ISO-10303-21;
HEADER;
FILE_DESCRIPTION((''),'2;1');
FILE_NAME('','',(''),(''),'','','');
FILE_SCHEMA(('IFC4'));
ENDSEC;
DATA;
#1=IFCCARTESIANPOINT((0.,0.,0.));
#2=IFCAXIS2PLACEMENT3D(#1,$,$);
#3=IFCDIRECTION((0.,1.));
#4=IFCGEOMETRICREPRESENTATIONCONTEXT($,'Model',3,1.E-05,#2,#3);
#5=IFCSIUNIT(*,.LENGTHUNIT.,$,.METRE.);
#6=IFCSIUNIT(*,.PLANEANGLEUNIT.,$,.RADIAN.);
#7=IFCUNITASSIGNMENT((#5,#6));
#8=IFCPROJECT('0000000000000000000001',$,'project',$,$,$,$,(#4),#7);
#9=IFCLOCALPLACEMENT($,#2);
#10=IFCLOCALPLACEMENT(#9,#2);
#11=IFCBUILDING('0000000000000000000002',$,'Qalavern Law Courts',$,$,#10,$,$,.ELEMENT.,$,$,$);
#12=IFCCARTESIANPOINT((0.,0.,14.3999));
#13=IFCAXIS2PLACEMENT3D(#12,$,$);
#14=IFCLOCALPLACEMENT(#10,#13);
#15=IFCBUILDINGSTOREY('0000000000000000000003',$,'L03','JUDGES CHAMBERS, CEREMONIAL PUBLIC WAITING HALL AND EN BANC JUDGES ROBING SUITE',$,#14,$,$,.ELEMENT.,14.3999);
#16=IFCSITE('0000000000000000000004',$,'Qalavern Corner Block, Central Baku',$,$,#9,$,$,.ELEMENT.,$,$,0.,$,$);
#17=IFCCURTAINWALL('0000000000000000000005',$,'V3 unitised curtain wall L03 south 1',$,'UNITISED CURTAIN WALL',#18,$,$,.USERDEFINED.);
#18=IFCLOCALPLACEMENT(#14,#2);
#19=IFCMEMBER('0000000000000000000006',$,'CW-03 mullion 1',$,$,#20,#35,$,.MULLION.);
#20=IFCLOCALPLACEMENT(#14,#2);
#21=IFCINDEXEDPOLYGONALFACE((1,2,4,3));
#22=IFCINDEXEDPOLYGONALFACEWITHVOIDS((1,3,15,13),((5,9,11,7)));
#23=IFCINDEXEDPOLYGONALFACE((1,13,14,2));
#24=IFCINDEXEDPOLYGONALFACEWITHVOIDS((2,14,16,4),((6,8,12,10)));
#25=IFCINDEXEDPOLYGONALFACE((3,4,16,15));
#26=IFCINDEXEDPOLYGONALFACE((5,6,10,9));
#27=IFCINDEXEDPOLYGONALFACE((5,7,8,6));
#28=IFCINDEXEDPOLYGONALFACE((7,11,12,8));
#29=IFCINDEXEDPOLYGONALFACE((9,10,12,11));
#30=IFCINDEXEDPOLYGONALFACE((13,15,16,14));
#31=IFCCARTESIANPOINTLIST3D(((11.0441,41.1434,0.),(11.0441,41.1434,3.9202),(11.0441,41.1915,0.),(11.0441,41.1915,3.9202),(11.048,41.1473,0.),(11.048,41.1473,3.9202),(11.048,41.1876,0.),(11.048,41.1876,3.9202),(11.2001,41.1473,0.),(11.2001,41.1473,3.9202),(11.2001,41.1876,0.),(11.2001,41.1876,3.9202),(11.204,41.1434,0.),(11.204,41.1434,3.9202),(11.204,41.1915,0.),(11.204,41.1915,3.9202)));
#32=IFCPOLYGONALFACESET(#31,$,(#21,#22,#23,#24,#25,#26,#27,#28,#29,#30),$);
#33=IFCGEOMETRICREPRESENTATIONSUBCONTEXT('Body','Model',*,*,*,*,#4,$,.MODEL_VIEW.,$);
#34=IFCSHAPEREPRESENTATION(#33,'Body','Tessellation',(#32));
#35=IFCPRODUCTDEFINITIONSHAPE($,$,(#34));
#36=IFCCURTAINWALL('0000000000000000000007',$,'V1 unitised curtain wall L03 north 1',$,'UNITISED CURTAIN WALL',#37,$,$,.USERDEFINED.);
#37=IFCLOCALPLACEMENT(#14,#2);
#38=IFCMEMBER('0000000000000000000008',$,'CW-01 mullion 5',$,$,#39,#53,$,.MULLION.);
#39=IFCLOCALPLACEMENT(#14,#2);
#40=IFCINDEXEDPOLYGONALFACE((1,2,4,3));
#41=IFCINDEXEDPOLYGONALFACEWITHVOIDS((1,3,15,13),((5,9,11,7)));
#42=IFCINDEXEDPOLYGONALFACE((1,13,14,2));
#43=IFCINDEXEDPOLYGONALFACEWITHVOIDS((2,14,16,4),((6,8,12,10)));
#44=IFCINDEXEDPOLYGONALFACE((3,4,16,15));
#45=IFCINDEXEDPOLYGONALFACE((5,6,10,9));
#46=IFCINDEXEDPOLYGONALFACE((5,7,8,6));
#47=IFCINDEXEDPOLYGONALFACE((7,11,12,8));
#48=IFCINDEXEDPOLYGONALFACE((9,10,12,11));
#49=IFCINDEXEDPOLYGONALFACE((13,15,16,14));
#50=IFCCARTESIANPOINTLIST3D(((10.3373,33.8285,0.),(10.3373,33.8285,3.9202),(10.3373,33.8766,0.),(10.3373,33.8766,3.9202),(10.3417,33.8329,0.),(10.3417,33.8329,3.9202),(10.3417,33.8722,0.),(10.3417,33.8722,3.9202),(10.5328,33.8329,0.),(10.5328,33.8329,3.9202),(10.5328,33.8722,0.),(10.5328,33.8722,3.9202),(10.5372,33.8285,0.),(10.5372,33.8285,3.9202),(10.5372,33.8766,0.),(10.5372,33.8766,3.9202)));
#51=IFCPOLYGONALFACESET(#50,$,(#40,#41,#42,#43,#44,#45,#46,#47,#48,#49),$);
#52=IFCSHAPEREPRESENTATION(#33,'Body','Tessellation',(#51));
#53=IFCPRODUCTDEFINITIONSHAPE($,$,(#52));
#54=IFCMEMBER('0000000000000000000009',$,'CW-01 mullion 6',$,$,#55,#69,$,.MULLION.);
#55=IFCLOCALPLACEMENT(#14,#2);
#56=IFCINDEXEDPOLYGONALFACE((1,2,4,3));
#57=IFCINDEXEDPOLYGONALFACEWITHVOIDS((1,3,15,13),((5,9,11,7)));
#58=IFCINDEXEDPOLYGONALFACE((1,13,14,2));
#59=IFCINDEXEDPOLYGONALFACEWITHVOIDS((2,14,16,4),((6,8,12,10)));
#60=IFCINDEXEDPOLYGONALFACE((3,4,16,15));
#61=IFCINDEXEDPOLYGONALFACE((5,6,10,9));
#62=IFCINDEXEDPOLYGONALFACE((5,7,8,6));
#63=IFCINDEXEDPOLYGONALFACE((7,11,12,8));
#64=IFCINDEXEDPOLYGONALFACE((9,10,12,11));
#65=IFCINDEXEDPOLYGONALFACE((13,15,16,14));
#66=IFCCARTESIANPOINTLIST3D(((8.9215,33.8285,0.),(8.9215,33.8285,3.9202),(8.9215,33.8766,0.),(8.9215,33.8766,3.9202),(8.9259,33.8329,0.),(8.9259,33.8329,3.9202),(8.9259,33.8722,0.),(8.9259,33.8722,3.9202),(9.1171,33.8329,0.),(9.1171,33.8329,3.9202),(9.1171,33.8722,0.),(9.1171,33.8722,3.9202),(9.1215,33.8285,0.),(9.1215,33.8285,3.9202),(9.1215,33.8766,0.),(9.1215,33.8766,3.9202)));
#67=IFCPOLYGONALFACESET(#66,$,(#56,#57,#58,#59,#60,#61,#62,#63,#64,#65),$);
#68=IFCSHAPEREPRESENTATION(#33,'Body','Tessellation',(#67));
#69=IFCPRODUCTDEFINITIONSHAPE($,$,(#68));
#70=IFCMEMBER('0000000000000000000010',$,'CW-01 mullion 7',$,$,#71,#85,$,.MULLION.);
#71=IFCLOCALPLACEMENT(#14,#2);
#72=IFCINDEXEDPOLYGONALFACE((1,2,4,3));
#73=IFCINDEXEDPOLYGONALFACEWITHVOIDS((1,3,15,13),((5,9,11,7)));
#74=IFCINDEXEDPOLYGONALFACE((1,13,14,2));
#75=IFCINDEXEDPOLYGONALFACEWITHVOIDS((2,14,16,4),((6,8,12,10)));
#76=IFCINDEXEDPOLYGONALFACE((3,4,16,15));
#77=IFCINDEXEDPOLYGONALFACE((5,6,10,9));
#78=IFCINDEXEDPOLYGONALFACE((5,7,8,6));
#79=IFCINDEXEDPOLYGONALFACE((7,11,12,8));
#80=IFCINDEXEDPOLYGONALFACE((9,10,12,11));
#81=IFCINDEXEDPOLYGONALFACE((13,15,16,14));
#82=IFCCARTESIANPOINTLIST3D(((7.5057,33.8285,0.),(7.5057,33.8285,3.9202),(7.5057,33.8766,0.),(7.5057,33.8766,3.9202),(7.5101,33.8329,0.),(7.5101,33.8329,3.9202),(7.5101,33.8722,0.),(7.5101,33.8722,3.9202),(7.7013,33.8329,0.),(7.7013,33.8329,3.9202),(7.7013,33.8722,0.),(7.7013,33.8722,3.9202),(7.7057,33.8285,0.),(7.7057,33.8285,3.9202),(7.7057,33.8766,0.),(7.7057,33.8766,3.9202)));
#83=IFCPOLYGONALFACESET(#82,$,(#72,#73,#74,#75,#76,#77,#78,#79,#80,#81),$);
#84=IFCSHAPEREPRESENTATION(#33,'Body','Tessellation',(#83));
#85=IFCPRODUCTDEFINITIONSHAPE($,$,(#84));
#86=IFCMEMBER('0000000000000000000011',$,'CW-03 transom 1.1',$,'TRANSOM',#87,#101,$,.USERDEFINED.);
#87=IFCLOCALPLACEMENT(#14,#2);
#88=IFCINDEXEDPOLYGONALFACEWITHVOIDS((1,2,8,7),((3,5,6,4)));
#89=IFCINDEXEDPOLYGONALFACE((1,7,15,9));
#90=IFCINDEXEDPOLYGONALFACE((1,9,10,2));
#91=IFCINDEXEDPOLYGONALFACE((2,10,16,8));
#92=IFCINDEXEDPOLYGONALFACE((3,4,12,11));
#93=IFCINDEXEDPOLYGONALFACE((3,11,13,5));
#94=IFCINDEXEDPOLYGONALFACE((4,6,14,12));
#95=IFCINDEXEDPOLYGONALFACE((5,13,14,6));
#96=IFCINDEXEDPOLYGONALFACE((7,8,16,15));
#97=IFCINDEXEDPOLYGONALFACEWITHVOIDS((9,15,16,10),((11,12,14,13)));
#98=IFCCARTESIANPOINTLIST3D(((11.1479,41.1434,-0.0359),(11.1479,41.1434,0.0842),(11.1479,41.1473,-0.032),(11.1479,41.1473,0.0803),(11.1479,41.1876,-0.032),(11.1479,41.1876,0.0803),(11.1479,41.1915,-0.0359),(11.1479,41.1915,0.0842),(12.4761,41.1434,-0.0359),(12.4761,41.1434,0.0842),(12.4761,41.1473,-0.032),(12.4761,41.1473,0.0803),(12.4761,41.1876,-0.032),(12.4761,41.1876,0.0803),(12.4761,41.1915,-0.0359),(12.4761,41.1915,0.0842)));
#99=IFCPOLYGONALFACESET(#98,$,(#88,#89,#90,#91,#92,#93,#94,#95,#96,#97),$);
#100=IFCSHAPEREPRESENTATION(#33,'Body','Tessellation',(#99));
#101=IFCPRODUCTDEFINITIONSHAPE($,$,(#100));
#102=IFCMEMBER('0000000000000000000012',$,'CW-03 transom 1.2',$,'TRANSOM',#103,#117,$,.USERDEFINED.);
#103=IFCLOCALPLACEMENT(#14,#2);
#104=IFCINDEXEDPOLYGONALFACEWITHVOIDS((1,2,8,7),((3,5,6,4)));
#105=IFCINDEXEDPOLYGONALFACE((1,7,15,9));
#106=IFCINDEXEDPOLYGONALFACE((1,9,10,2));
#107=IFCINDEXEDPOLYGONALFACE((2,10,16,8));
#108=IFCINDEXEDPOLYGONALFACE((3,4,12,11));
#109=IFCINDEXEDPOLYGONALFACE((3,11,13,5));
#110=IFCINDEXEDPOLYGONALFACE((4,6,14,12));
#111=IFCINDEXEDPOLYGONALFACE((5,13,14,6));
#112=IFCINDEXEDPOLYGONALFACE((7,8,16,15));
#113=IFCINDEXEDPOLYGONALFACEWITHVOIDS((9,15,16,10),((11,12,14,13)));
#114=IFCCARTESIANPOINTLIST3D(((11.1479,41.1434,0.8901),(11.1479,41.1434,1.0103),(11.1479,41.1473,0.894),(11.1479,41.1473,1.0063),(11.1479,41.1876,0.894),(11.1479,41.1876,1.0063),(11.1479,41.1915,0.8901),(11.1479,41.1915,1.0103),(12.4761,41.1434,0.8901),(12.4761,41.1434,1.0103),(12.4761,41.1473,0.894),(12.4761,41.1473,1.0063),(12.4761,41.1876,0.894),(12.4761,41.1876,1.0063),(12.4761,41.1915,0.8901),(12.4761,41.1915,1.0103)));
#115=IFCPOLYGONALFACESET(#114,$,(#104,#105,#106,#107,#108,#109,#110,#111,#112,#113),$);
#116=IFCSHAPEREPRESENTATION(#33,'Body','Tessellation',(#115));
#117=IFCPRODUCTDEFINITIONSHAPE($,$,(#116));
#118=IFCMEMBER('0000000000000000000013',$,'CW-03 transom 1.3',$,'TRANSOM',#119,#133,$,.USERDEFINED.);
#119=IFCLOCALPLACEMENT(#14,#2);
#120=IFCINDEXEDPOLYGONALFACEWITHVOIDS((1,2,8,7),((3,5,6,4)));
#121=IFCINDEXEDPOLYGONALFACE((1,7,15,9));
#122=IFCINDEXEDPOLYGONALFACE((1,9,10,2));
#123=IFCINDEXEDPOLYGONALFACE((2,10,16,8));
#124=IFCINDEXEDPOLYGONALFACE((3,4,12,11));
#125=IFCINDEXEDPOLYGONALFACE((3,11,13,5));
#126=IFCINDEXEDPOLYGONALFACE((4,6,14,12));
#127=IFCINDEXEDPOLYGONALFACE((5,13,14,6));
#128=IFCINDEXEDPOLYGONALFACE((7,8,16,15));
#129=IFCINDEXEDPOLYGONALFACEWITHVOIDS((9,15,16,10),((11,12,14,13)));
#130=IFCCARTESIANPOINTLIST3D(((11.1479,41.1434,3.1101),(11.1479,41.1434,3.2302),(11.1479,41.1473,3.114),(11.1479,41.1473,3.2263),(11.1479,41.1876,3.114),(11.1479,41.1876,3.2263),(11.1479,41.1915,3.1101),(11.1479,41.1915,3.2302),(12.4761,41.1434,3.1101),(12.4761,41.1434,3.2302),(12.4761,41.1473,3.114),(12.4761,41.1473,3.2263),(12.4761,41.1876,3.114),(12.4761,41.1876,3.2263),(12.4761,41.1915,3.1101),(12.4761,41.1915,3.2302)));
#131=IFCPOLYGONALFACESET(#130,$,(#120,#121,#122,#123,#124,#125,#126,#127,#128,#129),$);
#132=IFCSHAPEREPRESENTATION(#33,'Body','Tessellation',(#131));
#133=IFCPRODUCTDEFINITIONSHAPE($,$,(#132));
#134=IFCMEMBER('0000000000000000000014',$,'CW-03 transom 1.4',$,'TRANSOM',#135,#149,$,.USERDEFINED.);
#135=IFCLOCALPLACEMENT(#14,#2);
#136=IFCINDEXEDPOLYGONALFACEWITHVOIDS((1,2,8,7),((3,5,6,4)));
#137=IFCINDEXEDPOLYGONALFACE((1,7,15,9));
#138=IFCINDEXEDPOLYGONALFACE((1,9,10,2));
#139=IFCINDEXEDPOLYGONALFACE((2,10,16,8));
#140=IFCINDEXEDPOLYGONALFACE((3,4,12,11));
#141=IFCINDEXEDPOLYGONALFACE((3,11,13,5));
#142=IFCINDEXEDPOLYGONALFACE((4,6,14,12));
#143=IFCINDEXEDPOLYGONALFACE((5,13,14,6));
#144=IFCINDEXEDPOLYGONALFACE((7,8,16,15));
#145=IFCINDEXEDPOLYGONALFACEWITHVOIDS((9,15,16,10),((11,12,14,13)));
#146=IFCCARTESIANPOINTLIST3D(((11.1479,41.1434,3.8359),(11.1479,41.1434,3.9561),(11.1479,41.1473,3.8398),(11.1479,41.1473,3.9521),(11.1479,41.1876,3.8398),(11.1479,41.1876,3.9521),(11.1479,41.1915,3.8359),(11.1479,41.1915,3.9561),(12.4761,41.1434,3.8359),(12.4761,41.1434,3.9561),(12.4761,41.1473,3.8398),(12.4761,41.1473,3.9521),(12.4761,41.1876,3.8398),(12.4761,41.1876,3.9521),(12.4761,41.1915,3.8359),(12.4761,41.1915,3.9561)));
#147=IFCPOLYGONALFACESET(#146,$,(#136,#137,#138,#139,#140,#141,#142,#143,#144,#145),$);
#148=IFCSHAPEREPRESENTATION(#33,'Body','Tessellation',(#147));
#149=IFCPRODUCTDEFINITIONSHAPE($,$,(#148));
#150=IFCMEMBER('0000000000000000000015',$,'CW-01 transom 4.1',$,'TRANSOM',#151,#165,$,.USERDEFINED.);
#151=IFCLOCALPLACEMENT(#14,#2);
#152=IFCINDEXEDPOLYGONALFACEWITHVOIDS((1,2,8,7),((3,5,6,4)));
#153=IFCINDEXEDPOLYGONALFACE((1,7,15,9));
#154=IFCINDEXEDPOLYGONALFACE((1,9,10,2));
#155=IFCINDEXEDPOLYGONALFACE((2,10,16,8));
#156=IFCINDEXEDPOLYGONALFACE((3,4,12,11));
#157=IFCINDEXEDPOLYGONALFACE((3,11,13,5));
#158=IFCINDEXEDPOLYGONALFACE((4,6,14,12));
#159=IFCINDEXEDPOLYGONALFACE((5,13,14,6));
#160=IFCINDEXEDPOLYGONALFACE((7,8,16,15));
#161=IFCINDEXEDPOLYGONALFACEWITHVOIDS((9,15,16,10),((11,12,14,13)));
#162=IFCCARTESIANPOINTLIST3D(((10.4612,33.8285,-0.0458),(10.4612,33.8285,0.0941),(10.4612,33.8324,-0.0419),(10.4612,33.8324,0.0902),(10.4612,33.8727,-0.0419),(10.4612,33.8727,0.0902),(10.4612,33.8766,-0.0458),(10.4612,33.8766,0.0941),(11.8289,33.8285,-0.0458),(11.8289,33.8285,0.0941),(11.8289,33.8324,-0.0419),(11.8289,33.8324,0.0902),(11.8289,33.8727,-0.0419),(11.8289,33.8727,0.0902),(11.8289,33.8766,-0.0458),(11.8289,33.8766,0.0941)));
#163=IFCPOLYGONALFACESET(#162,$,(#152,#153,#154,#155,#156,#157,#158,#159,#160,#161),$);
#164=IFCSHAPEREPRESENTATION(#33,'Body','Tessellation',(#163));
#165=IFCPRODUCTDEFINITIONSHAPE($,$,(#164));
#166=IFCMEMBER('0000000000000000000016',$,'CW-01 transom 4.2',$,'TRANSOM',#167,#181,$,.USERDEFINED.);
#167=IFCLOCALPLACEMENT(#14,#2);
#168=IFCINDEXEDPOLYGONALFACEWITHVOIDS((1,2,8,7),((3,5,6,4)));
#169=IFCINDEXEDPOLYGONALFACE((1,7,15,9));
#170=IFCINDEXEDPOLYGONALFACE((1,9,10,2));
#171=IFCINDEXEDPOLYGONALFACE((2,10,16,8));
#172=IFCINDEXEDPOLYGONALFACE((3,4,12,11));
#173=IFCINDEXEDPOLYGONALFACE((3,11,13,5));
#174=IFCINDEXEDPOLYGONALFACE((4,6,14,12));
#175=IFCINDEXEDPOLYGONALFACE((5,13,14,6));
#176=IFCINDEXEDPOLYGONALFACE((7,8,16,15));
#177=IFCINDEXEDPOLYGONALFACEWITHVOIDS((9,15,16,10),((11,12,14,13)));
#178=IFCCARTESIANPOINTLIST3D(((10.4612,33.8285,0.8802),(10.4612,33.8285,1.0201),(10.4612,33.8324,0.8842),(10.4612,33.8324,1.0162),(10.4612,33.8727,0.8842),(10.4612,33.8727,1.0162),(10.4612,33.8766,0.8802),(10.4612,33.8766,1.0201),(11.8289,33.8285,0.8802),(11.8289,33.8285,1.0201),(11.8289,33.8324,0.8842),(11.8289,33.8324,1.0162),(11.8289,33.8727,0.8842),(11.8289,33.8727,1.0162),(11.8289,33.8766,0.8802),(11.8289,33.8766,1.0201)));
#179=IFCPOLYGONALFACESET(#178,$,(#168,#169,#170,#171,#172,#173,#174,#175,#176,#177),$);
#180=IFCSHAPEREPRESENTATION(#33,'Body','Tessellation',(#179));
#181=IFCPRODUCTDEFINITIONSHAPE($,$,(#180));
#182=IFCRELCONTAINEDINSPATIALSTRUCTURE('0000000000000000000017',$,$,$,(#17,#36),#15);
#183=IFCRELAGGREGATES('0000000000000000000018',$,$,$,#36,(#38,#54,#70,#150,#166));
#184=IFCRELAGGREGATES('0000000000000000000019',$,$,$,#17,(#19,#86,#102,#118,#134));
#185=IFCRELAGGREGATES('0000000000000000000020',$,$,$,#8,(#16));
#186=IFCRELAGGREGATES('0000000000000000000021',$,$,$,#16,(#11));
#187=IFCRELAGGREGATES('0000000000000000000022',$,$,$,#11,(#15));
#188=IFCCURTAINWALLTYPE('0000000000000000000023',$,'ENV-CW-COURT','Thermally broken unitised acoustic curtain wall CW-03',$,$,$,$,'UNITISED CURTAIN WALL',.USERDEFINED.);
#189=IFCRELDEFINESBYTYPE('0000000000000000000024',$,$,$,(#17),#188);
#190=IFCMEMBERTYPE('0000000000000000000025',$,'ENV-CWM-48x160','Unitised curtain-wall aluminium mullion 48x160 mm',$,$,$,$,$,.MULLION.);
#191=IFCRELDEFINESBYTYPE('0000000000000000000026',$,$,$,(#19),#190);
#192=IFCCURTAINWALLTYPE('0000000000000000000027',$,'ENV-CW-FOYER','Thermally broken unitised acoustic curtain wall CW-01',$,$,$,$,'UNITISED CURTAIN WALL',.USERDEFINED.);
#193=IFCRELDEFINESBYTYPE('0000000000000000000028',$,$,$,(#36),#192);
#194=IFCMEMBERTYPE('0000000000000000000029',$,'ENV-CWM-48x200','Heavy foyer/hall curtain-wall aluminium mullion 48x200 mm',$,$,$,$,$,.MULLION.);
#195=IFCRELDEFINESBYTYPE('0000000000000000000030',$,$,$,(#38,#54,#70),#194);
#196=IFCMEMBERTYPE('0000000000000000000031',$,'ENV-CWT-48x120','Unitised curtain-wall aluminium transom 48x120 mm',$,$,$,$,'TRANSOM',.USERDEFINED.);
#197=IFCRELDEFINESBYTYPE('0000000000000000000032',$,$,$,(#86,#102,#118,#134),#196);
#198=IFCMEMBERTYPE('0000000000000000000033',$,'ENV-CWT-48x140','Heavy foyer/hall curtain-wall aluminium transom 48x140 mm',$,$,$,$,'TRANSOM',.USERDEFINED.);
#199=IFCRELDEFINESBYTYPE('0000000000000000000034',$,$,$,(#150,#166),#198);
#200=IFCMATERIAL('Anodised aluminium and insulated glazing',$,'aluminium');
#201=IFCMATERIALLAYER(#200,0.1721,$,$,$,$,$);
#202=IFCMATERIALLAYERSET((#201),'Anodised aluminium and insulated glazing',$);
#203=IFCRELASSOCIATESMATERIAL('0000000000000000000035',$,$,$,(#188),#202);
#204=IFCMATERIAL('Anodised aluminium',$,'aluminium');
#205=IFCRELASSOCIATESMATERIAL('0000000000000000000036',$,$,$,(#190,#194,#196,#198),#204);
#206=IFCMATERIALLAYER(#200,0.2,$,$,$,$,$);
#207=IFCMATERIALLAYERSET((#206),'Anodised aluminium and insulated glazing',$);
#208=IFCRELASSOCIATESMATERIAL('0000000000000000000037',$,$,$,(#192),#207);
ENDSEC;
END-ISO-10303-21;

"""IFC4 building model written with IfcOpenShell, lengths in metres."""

from ifc_helpers import new_model, si_unit, direction, frame, origin, origin_2d, place, context, subcontext, project, spatial, hollow_rectangle, extrude, material, layer, layer_set, material_profile, profile_set, type_object, element, aggregate, save


model = new_model("IFC4")

# Units and contexts
model_context = context("Model", 3, precision=1e-05, world=origin(), true_north=direction((0.0, 1.0)))
body_context = subcontext(model_context, "Body", "Model", "MODEL_VIEW")
ifc_project = project(units=[si_unit("LENGTHUNIT", "METRE"), si_unit("PLANEANGLEUNIT", "RADIAN")], contexts=[model_context])

# Site, building, storey
site_placement = place(None, origin())
site = spatial("IfcSite", under=ifc_project, at=site_placement, Name="Qalavern Corner Block, Central Baku", CompositionType="ELEMENT", RefElevation=0.0)
building_placement = place(site_placement, origin())
building = spatial("IfcBuilding", under=site, at=building_placement, Name="Qalavern Law Courts", CompositionType="ELEMENT")
storey_placement = place(building_placement, frame((0.0, 0.0, 14.3999)))
storey = spatial("IfcBuildingStorey", under=building, at=storey_placement, Name="L03", Description="JUDGES CHAMBERS, CEREMONIAL PUBLIC WAITING HALL AND EN BANC JUDGES ROBING SUITE", CompositionType="ELEMENT", Elevation=14.3999)

# Curtain wall, member
ifc_material_1 = material(Name="Anodised aluminium and insulated glazing", Category="aluminium")
ifc_layer_1 = layer(ifc_material_1, 0.1721)
ifc_layer_set_1 = layer_set([ifc_layer_1], Name="Anodised aluminium and insulated glazing")
curtain_wall_type_1 = type_object("IfcCurtainWallType", Name="ENV-CW-COURT", Description="Thermally broken unitised acoustic curtain wall CW-03", ElementType="UNITISED CURTAIN WALL", PredefinedType="USERDEFINED", material=ifc_layer_set_1)
curtain_wall_1_placement = place(storey_placement, origin())
curtain_wall_1 = element("IfcCurtainWall", 1, at=curtain_wall_1_placement, inside=storey, type_object=curtain_wall_type_1, Name="V3 unitised curtain wall L03 south 1", ObjectType="UNITISED CURTAIN WALL", PredefinedType="USERDEFINED")
ifc_material_2 = material(Name="Anodised aluminium", Category="aluminium")
ifc_material_profile_1 = material_profile(ifc_material_2, hollow_rectangle(XDim=0.0481, YDim=0.1599, WallThickness=0.0039, at=origin_2d()), Name="ALU MULLION 48x160")
ifc_profile_set_1 = profile_set([ifc_material_profile_1], Name="Anodised aluminium")
member_type_1 = type_object("IfcMemberType", Name="ENV-CWM-48x160", Description="Unitised curtain-wall aluminium mullion 48x160 mm", PredefinedType="MULLION", material=ifc_profile_set_1)
member_1_placement = place(storey_placement, frame((11.124, 41.1675, 0.0), z_axis=(0.0, 0.0, 1.0), x_axis=(0.0, 1.0, 0.0)))
member_1 = element("IfcMember", 2, at=member_1_placement, type_object=member_type_1, Name="CW-03 mullion 1", PredefinedType="MULLION", context=body_context, shape_type="SweptSolid", body=[
    extrude(hollow_rectangle(XDim=0.0481, YDim=0.1599, WallThickness=0.0039, at=origin_2d()), origin(), (0.0, 0.0, 1.0), 3.9202),
])

# Curtain wall, members
ifc_layer_2 = layer(ifc_material_1, 0.2)
ifc_layer_set_2 = layer_set([ifc_layer_2], Name="Anodised aluminium and insulated glazing")
curtain_wall_type_2 = type_object("IfcCurtainWallType", Name="ENV-CW-FOYER", Description="Thermally broken unitised acoustic curtain wall CW-01", ElementType="UNITISED CURTAIN WALL", PredefinedType="USERDEFINED", material=ifc_layer_set_2)
curtain_wall_2_placement = place(storey_placement, origin())
curtain_wall_2 = element("IfcCurtainWall", 3, at=curtain_wall_2_placement, inside=storey, type_object=curtain_wall_type_2, Name="V1 unitised curtain wall L03 north 1", ObjectType="UNITISED CURTAIN WALL", PredefinedType="USERDEFINED")
ifc_material_profile_2 = material_profile(ifc_material_2, hollow_rectangle(XDim=0.0481, YDim=0.2, WallThickness=0.0044, at=origin_2d()), Name="ALU MULLION 48x200")
ifc_profile_set_2 = profile_set([ifc_material_profile_2], Name="Anodised aluminium")
member_type_2 = type_object("IfcMemberType", Name="ENV-CWM-48x200", Description="Heavy foyer/hall curtain-wall aluminium mullion 48x200 mm", PredefinedType="MULLION", material=ifc_profile_set_2)
member_2_placement = place(storey_placement, frame((10.4373, 33.8525, 0.0), z_axis=(0.0, 0.0, 1.0), x_axis=(0.0, -1.0, 0.0)))
member_2 = element("IfcMember", 4, at=member_2_placement, type_object=member_type_2, Name="CW-01 mullion 5", PredefinedType="MULLION", context=body_context, shape_type="SweptSolid", body=[
    extrude(hollow_rectangle(XDim=0.0481, YDim=0.2, WallThickness=0.0044, at=origin_2d()), origin(), (0.0, 0.0, 1.0), 3.9202),
])
member_3_placement = place(storey_placement, frame((9.0215, 33.8525, 0.0), z_axis=(0.0, 0.0, 1.0), x_axis=(0.0, -1.0, 0.0)))
member_3 = element("IfcMember", 5, at=member_3_placement, type_object=member_type_2, Name="CW-01 mullion 6", PredefinedType="MULLION", context=body_context, shape_type="SweptSolid", body=[
    extrude(hollow_rectangle(XDim=0.0481, YDim=0.2, WallThickness=0.0044, at=origin_2d()), origin(), (0.0, 0.0, 1.0), 3.9202),
])
member_4_placement = place(storey_placement, frame((7.6057, 33.8525, 0.0), z_axis=(0.0, 0.0, 1.0), x_axis=(0.0, -1.0, 0.0)))
member_4 = element("IfcMember", 6, at=member_4_placement, type_object=member_type_2, Name="CW-01 mullion 7", PredefinedType="MULLION", context=body_context, shape_type="SweptSolid", body=[
    extrude(hollow_rectangle(XDim=0.0481, YDim=0.2, WallThickness=0.0044, at=origin_2d()), origin(), (0.0, 0.0, 1.0), 3.9202),
])

# Members
ifc_material_profile_3 = material_profile(ifc_material_2, hollow_rectangle(XDim=0.0481, YDim=0.1201, WallThickness=0.0039, at=origin_2d()), Name="ALU TRANSOM 48x120")
ifc_profile_set_3 = profile_set([ifc_material_profile_3], Name="Anodised aluminium")
member_type_3 = type_object("IfcMemberType", Name="ENV-CWT-48x120", Description="Unitised curtain-wall aluminium transom 48x120 mm", ElementType="TRANSOM", PredefinedType="USERDEFINED", material=ifc_profile_set_3)
member_5_placement = place(storey_placement, frame((11.1479, 41.1675, 0.0242), z_axis=(1.0, 0.0, 0.0), x_axis=(0.0, 1.0, 0.0)))
member_5 = element("IfcMember", 7, at=member_5_placement, type_object=member_type_3, Name="CW-03 transom 1.1", ObjectType="TRANSOM", PredefinedType="USERDEFINED", context=body_context, shape_type="SweptSolid", body=[
    extrude(hollow_rectangle(XDim=0.0481, YDim=0.1201, WallThickness=0.0039, at=origin_2d()), origin(), (0.0, 0.0, 1.0), 1.3281),
])
member_6_placement = place(storey_placement, frame((11.1479, 41.1675, 0.9502), z_axis=(1.0, 0.0, 0.0), x_axis=(0.0, 1.0, 0.0)))
member_6 = element("IfcMember", 8, at=member_6_placement, type_object=member_type_3, Name="CW-03 transom 1.2", ObjectType="TRANSOM", PredefinedType="USERDEFINED", context=body_context, shape_type="SweptSolid", body=[
    extrude(hollow_rectangle(XDim=0.0481, YDim=0.1201, WallThickness=0.0039, at=origin_2d()), origin(), (0.0, 0.0, 1.0), 1.3281),
])
member_7_placement = place(storey_placement, frame((11.1479, 41.1675, 3.1702), z_axis=(1.0, 0.0, 0.0), x_axis=(0.0, 1.0, 0.0)))
member_7 = element("IfcMember", 9, at=member_7_placement, type_object=member_type_3, Name="CW-03 transom 1.3", ObjectType="TRANSOM", PredefinedType="USERDEFINED", context=body_context, shape_type="SweptSolid", body=[
    extrude(hollow_rectangle(XDim=0.0481, YDim=0.1201, WallThickness=0.0039, at=origin_2d()), origin(), (0.0, 0.0, 1.0), 1.3281),
])
member_8_placement = place(storey_placement, frame((11.1479, 41.1675, 3.896), z_axis=(1.0, 0.0, 0.0), x_axis=(0.0, 1.0, 0.0)))
member_8 = element("IfcMember", 10, at=member_8_placement, type_object=member_type_3, Name="CW-03 transom 1.4", ObjectType="TRANSOM", PredefinedType="USERDEFINED", context=body_context, shape_type="SweptSolid", body=[
    extrude(hollow_rectangle(XDim=0.0481, YDim=0.1201, WallThickness=0.0039, at=origin_2d()), origin(), (0.0, 0.0, 1.0), 1.3281),
])
ifc_material_profile_4 = material_profile(ifc_material_2, hollow_rectangle(XDim=0.0481, YDim=0.1399, WallThickness=0.0039, at=origin_2d()), Name="ALU TRANSOM 48x140")
ifc_profile_set_4 = profile_set([ifc_material_profile_4], Name="Anodised aluminium")
member_type_4 = type_object("IfcMemberType", Name="ENV-CWT-48x140", Description="Heavy foyer/hall curtain-wall aluminium transom 48x140 mm", ElementType="TRANSOM", PredefinedType="USERDEFINED", material=ifc_profile_set_4)
member_9_placement = place(storey_placement, frame((11.8289, 33.8525, 0.0242), z_axis=(-1.0, 0.0, 0.0), x_axis=(0.0, -1.0, 0.0)))
member_9 = element("IfcMember", 11, at=member_9_placement, type_object=member_type_4, Name="CW-01 transom 4.1", ObjectType="TRANSOM", PredefinedType="USERDEFINED", context=body_context, shape_type="SweptSolid", body=[
    extrude(hollow_rectangle(XDim=0.0481, YDim=0.1399, WallThickness=0.0039, at=origin_2d()), origin(), (0.0, 0.0, 1.0), 1.3677),
])
member_10_placement = place(storey_placement, frame((11.8289, 33.8525, 0.9502), z_axis=(-1.0, 0.0, 0.0), x_axis=(0.0, -1.0, 0.0)))
member_10 = element("IfcMember", 12, at=member_10_placement, type_object=member_type_4, Name="CW-01 transom 4.2", ObjectType="TRANSOM", PredefinedType="USERDEFINED", context=body_context, shape_type="SweptSolid", body=[
    extrude(hollow_rectangle(XDim=0.0481, YDim=0.1399, WallThickness=0.0039, at=origin_2d()), origin(), (0.0, 0.0, 1.0), 1.3677),
])

aggregate(curtain_wall_2, [member_2, member_3, member_4, member_9, member_10])
aggregate(curtain_wall_1, [member_1, member_5, member_6, member_7, member_8])

save(model, "model.ifc")
